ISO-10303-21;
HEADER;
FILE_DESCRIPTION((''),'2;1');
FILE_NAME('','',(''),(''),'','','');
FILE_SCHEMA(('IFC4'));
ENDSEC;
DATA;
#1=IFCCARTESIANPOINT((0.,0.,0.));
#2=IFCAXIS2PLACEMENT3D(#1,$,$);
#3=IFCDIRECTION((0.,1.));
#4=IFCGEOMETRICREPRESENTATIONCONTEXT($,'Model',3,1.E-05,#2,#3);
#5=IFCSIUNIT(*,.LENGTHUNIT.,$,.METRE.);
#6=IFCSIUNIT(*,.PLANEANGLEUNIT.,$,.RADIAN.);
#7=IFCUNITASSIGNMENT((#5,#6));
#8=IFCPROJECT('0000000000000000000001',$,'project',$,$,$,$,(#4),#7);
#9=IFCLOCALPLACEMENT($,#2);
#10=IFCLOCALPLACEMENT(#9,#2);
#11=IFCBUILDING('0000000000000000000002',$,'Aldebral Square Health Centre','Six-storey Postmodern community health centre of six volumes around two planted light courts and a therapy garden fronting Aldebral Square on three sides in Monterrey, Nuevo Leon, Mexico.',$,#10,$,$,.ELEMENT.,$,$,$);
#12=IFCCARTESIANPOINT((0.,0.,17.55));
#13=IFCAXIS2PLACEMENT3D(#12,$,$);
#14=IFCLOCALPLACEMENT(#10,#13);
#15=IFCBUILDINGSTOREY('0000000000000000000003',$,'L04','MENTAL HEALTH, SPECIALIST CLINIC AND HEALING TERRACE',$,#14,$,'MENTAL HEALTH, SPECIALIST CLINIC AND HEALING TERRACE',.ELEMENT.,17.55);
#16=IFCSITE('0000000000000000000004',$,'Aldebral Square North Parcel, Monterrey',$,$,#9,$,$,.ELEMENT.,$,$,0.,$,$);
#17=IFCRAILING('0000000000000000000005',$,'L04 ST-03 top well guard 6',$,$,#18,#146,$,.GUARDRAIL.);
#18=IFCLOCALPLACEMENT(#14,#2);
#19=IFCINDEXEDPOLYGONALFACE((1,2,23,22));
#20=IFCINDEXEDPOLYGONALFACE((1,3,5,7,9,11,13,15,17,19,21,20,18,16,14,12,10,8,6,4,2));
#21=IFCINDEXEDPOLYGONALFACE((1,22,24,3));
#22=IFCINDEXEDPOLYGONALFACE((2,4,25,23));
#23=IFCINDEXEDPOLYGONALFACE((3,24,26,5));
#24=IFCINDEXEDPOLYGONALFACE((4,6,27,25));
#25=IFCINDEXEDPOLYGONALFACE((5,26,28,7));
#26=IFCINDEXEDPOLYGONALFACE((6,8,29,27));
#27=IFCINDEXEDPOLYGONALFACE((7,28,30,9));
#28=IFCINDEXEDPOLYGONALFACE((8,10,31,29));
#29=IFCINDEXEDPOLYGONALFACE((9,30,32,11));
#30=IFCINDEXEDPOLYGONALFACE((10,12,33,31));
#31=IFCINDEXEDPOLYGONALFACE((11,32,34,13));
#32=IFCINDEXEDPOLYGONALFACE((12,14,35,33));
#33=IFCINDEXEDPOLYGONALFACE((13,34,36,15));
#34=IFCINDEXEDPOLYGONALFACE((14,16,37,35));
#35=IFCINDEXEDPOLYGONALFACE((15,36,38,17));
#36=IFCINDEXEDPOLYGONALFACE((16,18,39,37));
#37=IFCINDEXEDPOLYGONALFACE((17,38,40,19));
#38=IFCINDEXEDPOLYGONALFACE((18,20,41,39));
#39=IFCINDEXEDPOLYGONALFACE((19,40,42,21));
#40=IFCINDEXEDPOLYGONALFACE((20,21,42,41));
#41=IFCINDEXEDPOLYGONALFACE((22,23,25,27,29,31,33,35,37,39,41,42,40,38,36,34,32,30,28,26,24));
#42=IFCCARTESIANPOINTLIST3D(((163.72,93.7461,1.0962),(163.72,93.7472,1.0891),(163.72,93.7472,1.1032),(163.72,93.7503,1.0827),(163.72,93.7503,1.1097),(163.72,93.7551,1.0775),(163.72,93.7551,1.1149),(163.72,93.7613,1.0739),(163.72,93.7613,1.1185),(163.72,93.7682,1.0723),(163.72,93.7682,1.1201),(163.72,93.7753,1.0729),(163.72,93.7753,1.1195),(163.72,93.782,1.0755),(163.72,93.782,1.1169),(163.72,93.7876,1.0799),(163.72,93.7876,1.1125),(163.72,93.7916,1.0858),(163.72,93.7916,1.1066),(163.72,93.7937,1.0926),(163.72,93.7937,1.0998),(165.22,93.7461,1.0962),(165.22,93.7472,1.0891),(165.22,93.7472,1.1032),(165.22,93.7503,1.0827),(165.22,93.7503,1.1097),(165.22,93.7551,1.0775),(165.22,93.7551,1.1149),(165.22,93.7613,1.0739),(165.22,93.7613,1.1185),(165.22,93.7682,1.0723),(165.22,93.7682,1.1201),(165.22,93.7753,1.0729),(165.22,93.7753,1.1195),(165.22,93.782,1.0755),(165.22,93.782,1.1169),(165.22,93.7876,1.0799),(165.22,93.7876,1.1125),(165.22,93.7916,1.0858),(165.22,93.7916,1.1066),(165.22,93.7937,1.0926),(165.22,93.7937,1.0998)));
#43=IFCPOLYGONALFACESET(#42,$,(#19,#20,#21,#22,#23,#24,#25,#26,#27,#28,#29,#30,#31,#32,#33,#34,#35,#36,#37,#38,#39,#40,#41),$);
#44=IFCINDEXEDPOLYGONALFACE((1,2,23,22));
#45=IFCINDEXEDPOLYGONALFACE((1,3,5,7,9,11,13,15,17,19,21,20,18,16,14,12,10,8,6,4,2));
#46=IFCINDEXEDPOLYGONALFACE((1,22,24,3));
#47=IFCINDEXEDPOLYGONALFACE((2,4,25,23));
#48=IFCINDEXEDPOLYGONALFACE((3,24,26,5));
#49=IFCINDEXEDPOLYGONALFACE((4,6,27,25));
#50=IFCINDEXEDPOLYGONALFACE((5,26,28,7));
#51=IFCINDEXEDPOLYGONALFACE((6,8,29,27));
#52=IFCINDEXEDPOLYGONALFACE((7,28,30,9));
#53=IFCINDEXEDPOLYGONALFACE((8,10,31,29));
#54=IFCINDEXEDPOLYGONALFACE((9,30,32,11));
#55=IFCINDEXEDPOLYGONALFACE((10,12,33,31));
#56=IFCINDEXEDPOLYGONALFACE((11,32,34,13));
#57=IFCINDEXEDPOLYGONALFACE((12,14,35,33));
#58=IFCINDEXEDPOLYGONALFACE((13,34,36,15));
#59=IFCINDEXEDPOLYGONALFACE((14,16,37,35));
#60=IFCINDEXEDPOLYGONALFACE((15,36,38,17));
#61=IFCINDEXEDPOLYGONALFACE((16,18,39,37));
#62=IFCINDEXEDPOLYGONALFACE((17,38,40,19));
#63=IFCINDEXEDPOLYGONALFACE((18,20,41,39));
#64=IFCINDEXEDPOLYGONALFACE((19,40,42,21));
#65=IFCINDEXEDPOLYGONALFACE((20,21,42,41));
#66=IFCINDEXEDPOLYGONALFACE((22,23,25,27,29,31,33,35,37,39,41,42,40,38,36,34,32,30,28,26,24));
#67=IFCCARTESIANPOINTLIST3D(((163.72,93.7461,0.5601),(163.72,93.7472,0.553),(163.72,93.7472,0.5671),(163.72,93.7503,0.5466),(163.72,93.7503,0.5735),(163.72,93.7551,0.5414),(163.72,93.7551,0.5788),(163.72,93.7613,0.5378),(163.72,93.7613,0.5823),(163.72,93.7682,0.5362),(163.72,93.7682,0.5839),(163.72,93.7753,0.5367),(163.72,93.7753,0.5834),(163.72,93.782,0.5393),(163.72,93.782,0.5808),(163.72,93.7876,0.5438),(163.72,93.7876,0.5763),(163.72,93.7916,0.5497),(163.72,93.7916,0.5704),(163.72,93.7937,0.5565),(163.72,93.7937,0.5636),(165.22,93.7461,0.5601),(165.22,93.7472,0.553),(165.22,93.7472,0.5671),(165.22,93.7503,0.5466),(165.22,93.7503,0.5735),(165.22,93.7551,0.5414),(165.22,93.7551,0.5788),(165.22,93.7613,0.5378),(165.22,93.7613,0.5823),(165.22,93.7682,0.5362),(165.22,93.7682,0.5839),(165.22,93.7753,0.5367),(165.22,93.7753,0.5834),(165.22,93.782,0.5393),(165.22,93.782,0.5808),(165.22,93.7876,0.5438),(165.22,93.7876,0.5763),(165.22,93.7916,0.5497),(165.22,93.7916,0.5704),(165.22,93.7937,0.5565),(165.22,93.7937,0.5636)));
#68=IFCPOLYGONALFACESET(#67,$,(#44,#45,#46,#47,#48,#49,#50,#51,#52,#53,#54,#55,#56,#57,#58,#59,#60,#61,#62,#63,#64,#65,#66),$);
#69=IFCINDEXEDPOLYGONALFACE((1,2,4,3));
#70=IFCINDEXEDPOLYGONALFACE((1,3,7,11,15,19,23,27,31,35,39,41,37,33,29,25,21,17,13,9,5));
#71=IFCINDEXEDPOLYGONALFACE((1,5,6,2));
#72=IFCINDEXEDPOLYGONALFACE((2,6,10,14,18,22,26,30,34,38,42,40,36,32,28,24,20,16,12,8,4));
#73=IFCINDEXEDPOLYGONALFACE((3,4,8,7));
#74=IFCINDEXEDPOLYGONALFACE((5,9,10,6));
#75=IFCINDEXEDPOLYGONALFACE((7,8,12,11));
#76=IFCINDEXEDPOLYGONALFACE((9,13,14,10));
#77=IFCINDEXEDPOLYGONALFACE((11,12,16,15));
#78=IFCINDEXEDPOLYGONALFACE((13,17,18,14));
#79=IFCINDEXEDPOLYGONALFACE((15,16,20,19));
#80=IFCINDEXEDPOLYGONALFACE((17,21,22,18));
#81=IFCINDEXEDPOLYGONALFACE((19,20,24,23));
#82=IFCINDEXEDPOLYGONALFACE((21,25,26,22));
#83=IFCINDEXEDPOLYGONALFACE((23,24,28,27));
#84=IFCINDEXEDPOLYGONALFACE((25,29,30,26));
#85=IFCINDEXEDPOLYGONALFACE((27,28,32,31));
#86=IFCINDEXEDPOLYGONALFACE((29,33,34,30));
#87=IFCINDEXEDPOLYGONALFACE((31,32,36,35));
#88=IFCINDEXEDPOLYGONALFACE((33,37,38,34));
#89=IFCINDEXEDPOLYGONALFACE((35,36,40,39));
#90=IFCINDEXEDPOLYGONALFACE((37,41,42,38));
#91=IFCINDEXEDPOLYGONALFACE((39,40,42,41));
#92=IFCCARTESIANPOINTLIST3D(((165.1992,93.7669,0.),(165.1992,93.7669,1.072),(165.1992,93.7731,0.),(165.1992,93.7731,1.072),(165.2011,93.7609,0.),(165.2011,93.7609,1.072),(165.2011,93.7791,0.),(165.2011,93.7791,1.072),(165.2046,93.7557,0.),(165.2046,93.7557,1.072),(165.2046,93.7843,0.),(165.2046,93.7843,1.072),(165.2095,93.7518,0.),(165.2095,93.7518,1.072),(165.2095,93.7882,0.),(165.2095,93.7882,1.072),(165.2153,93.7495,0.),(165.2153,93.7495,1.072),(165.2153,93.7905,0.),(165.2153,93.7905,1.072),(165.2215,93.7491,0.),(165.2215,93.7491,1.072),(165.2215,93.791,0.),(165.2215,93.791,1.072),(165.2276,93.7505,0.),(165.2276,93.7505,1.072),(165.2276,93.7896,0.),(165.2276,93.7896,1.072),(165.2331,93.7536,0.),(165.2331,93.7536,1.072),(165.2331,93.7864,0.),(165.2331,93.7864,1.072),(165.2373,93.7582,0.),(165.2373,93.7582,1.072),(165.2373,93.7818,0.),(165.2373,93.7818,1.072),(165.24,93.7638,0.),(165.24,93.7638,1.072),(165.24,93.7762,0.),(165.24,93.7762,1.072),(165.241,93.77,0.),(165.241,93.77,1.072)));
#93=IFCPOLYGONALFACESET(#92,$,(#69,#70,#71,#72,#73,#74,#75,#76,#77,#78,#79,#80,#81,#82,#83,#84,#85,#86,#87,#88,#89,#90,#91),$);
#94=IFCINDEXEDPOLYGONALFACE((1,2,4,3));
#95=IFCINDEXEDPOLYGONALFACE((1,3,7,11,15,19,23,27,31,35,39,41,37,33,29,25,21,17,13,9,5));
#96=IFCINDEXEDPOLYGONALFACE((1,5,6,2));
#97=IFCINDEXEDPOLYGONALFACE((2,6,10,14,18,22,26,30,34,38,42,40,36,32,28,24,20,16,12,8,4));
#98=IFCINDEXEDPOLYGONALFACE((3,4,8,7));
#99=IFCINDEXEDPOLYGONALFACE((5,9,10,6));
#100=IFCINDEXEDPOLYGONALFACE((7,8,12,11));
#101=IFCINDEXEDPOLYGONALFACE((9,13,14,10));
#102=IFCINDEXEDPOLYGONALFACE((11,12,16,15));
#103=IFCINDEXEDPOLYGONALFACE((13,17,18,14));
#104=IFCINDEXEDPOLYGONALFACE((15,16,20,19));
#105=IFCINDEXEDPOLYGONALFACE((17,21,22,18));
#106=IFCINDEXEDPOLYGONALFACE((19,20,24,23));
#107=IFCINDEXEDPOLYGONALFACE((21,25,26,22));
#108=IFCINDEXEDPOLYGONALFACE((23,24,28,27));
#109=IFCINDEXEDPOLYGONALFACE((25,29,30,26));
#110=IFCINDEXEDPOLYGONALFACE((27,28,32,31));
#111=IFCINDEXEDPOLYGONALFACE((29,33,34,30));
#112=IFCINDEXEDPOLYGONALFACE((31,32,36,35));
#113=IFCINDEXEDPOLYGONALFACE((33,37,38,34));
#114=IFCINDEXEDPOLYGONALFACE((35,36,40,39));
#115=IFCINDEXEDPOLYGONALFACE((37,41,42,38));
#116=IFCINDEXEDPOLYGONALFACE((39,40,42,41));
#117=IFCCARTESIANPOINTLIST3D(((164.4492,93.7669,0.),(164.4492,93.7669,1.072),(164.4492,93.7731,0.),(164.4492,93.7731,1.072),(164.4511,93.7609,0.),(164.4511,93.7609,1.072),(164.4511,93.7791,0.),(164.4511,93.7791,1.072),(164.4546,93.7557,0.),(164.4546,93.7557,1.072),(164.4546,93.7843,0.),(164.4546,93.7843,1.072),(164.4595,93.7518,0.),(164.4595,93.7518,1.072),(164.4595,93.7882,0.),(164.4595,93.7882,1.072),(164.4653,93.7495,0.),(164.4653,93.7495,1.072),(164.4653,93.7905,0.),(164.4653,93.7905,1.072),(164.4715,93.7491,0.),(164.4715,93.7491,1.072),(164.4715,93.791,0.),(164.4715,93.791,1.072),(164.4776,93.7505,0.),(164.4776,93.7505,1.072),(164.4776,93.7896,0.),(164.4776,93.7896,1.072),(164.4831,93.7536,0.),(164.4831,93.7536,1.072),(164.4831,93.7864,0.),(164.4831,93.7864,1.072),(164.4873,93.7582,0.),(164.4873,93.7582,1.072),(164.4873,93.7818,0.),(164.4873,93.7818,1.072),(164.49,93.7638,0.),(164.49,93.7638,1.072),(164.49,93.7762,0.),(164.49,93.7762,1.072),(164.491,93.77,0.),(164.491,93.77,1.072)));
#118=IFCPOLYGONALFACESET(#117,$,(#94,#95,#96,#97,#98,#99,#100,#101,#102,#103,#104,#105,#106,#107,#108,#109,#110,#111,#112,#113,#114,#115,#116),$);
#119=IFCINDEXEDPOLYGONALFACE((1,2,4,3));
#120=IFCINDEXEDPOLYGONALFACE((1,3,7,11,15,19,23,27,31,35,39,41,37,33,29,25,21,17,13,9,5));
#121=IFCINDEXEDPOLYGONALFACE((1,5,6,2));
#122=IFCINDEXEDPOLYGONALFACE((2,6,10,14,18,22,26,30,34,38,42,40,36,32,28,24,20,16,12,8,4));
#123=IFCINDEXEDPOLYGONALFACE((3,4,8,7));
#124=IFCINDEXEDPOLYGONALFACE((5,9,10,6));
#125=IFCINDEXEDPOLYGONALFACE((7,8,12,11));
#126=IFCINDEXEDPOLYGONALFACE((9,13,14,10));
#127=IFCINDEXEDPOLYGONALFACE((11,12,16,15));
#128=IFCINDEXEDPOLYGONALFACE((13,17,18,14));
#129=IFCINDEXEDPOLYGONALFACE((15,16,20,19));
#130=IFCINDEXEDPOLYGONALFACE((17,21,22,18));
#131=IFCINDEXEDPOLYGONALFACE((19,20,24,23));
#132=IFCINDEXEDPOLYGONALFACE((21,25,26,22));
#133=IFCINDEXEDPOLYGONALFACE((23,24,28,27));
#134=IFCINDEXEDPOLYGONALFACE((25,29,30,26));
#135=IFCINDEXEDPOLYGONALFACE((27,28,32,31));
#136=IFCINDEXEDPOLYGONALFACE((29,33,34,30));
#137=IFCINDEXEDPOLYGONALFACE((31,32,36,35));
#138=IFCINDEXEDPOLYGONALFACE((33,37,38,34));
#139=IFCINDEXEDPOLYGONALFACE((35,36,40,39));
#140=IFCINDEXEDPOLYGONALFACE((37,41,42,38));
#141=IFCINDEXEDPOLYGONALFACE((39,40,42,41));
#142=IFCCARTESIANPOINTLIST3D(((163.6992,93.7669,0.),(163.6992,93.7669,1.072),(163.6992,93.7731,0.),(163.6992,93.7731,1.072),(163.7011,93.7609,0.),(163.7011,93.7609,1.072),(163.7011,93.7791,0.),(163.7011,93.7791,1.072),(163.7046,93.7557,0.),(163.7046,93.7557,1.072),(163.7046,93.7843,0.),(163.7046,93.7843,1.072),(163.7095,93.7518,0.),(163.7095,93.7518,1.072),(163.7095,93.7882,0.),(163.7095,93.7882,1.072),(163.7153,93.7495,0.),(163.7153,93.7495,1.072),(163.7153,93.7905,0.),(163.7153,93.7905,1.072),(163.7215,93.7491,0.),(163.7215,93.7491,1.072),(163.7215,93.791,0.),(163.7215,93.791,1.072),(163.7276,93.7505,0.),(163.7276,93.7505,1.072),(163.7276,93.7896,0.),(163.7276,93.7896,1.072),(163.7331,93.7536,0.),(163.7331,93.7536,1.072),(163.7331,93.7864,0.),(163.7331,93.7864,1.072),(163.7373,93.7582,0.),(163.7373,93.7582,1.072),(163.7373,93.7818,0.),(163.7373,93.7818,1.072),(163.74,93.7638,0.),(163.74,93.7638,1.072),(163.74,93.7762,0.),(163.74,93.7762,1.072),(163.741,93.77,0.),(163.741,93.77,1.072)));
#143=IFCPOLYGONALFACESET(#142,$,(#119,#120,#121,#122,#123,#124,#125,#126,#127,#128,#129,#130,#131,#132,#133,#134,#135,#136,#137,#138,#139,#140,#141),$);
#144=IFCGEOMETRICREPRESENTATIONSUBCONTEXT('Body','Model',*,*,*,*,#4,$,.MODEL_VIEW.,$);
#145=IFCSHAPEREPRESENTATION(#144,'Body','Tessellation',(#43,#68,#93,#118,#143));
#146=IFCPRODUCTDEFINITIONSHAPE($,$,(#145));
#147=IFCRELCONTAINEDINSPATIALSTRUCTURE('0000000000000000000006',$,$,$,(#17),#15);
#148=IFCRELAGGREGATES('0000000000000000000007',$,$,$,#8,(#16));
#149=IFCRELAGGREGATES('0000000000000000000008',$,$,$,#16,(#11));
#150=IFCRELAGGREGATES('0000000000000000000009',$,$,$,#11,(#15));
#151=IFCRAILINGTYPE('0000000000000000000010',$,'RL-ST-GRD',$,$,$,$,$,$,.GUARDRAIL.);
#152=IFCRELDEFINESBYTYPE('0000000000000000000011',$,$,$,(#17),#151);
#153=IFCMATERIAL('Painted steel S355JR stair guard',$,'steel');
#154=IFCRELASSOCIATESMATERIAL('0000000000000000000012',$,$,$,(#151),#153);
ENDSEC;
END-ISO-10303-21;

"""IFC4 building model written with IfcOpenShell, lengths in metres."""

from ifc_helpers import new_model, si_unit, direction, frame, origin, origin_2d, place, context, subcontext, project, spatial, circle, extrude, material, type_object, element, save


model = new_model("IFC4")

# Units and contexts
model_context = context("Model", 3, precision=1e-05, world=origin(), true_north=direction((0.0, 1.0)))
body_context = subcontext(model_context, "Body", "Model", "MODEL_VIEW")
ifc_project = project(units=[si_unit("LENGTHUNIT", "METRE"), si_unit("PLANEANGLEUNIT", "RADIAN")], contexts=[model_context])

# Site, building, storey
site_placement = place(None, origin())
site = spatial("IfcSite", under=ifc_project, at=site_placement, Name="Aldebral Square North Parcel, Monterrey", CompositionType="ELEMENT", RefElevation=0.0)
building_placement = place(site_placement, origin())
building = spatial("IfcBuilding", under=site, at=building_placement, Name="Aldebral Square Health Centre", Description="Six-storey Postmodern community health centre of six volumes around two planted light courts and a therapy garden fronting Aldebral Square on three sides in Monterrey, Nuevo Leon, Mexico.", CompositionType="ELEMENT")
storey_placement = place(building_placement, frame((0.0, 0.0, 17.55)))
storey = spatial("IfcBuildingStorey", under=building, at=storey_placement, Name="L04", Description="MENTAL HEALTH, SPECIALIST CLINIC AND HEALING TERRACE", LongName="MENTAL HEALTH, SPECIALIST CLINIC AND HEALING TERRACE", CompositionType="ELEMENT", Elevation=17.55)

# Railing
ifc_material_1 = material(Name="Painted steel S355JR stair guard", Category="steel")
railing_type = type_object("IfcRailingType", Name="RL-ST-GRD", PredefinedType="GUARDRAIL", material=ifc_material_1)
for number, where, name in (
    (1, (165.22, 93.77, 0.0), "L04 ST-03 top well guard 6"),
):
    element("IfcRailing", number, at=place(storey_placement, frame(where)), inside=storey, type_object=railing_type, Name=name, PredefinedType="GUARDRAIL", context=body_context, shape_type="SweptSolid", body=[
        extrude(circle(Radius=0.0239, at=origin_2d()), frame((0.0, 0.0, 1.0962), z_axis=(-1.0, 0.0, 0.0), x_axis=(0.0, -1.0, 0.0)), (0.0, 0.0, 1.0), 1.5),
        extrude(circle(Radius=0.0239, at=origin_2d()), frame((0.0, 0.0, 0.5601), z_axis=(-1.0, 0.0, 0.0), x_axis=(0.0, -1.0, 0.0)), (0.0, 0.0, 1.0), 1.5),
        extrude(circle(Radius=0.021, at=origin_2d()), origin(), (0.0, 0.0, 1.0), 1.072),
        extrude(circle(Radius=0.021, at=origin_2d()), frame((-0.75, 0.0, 0.0)), (0.0, 0.0, 1.0), 1.072),
        extrude(circle(Radius=0.021, at=origin_2d()), frame((-1.5, 0.0, 0.0)), (0.0, 0.0, 1.0), 1.072),
    ])

save(model, "model.ifc")
